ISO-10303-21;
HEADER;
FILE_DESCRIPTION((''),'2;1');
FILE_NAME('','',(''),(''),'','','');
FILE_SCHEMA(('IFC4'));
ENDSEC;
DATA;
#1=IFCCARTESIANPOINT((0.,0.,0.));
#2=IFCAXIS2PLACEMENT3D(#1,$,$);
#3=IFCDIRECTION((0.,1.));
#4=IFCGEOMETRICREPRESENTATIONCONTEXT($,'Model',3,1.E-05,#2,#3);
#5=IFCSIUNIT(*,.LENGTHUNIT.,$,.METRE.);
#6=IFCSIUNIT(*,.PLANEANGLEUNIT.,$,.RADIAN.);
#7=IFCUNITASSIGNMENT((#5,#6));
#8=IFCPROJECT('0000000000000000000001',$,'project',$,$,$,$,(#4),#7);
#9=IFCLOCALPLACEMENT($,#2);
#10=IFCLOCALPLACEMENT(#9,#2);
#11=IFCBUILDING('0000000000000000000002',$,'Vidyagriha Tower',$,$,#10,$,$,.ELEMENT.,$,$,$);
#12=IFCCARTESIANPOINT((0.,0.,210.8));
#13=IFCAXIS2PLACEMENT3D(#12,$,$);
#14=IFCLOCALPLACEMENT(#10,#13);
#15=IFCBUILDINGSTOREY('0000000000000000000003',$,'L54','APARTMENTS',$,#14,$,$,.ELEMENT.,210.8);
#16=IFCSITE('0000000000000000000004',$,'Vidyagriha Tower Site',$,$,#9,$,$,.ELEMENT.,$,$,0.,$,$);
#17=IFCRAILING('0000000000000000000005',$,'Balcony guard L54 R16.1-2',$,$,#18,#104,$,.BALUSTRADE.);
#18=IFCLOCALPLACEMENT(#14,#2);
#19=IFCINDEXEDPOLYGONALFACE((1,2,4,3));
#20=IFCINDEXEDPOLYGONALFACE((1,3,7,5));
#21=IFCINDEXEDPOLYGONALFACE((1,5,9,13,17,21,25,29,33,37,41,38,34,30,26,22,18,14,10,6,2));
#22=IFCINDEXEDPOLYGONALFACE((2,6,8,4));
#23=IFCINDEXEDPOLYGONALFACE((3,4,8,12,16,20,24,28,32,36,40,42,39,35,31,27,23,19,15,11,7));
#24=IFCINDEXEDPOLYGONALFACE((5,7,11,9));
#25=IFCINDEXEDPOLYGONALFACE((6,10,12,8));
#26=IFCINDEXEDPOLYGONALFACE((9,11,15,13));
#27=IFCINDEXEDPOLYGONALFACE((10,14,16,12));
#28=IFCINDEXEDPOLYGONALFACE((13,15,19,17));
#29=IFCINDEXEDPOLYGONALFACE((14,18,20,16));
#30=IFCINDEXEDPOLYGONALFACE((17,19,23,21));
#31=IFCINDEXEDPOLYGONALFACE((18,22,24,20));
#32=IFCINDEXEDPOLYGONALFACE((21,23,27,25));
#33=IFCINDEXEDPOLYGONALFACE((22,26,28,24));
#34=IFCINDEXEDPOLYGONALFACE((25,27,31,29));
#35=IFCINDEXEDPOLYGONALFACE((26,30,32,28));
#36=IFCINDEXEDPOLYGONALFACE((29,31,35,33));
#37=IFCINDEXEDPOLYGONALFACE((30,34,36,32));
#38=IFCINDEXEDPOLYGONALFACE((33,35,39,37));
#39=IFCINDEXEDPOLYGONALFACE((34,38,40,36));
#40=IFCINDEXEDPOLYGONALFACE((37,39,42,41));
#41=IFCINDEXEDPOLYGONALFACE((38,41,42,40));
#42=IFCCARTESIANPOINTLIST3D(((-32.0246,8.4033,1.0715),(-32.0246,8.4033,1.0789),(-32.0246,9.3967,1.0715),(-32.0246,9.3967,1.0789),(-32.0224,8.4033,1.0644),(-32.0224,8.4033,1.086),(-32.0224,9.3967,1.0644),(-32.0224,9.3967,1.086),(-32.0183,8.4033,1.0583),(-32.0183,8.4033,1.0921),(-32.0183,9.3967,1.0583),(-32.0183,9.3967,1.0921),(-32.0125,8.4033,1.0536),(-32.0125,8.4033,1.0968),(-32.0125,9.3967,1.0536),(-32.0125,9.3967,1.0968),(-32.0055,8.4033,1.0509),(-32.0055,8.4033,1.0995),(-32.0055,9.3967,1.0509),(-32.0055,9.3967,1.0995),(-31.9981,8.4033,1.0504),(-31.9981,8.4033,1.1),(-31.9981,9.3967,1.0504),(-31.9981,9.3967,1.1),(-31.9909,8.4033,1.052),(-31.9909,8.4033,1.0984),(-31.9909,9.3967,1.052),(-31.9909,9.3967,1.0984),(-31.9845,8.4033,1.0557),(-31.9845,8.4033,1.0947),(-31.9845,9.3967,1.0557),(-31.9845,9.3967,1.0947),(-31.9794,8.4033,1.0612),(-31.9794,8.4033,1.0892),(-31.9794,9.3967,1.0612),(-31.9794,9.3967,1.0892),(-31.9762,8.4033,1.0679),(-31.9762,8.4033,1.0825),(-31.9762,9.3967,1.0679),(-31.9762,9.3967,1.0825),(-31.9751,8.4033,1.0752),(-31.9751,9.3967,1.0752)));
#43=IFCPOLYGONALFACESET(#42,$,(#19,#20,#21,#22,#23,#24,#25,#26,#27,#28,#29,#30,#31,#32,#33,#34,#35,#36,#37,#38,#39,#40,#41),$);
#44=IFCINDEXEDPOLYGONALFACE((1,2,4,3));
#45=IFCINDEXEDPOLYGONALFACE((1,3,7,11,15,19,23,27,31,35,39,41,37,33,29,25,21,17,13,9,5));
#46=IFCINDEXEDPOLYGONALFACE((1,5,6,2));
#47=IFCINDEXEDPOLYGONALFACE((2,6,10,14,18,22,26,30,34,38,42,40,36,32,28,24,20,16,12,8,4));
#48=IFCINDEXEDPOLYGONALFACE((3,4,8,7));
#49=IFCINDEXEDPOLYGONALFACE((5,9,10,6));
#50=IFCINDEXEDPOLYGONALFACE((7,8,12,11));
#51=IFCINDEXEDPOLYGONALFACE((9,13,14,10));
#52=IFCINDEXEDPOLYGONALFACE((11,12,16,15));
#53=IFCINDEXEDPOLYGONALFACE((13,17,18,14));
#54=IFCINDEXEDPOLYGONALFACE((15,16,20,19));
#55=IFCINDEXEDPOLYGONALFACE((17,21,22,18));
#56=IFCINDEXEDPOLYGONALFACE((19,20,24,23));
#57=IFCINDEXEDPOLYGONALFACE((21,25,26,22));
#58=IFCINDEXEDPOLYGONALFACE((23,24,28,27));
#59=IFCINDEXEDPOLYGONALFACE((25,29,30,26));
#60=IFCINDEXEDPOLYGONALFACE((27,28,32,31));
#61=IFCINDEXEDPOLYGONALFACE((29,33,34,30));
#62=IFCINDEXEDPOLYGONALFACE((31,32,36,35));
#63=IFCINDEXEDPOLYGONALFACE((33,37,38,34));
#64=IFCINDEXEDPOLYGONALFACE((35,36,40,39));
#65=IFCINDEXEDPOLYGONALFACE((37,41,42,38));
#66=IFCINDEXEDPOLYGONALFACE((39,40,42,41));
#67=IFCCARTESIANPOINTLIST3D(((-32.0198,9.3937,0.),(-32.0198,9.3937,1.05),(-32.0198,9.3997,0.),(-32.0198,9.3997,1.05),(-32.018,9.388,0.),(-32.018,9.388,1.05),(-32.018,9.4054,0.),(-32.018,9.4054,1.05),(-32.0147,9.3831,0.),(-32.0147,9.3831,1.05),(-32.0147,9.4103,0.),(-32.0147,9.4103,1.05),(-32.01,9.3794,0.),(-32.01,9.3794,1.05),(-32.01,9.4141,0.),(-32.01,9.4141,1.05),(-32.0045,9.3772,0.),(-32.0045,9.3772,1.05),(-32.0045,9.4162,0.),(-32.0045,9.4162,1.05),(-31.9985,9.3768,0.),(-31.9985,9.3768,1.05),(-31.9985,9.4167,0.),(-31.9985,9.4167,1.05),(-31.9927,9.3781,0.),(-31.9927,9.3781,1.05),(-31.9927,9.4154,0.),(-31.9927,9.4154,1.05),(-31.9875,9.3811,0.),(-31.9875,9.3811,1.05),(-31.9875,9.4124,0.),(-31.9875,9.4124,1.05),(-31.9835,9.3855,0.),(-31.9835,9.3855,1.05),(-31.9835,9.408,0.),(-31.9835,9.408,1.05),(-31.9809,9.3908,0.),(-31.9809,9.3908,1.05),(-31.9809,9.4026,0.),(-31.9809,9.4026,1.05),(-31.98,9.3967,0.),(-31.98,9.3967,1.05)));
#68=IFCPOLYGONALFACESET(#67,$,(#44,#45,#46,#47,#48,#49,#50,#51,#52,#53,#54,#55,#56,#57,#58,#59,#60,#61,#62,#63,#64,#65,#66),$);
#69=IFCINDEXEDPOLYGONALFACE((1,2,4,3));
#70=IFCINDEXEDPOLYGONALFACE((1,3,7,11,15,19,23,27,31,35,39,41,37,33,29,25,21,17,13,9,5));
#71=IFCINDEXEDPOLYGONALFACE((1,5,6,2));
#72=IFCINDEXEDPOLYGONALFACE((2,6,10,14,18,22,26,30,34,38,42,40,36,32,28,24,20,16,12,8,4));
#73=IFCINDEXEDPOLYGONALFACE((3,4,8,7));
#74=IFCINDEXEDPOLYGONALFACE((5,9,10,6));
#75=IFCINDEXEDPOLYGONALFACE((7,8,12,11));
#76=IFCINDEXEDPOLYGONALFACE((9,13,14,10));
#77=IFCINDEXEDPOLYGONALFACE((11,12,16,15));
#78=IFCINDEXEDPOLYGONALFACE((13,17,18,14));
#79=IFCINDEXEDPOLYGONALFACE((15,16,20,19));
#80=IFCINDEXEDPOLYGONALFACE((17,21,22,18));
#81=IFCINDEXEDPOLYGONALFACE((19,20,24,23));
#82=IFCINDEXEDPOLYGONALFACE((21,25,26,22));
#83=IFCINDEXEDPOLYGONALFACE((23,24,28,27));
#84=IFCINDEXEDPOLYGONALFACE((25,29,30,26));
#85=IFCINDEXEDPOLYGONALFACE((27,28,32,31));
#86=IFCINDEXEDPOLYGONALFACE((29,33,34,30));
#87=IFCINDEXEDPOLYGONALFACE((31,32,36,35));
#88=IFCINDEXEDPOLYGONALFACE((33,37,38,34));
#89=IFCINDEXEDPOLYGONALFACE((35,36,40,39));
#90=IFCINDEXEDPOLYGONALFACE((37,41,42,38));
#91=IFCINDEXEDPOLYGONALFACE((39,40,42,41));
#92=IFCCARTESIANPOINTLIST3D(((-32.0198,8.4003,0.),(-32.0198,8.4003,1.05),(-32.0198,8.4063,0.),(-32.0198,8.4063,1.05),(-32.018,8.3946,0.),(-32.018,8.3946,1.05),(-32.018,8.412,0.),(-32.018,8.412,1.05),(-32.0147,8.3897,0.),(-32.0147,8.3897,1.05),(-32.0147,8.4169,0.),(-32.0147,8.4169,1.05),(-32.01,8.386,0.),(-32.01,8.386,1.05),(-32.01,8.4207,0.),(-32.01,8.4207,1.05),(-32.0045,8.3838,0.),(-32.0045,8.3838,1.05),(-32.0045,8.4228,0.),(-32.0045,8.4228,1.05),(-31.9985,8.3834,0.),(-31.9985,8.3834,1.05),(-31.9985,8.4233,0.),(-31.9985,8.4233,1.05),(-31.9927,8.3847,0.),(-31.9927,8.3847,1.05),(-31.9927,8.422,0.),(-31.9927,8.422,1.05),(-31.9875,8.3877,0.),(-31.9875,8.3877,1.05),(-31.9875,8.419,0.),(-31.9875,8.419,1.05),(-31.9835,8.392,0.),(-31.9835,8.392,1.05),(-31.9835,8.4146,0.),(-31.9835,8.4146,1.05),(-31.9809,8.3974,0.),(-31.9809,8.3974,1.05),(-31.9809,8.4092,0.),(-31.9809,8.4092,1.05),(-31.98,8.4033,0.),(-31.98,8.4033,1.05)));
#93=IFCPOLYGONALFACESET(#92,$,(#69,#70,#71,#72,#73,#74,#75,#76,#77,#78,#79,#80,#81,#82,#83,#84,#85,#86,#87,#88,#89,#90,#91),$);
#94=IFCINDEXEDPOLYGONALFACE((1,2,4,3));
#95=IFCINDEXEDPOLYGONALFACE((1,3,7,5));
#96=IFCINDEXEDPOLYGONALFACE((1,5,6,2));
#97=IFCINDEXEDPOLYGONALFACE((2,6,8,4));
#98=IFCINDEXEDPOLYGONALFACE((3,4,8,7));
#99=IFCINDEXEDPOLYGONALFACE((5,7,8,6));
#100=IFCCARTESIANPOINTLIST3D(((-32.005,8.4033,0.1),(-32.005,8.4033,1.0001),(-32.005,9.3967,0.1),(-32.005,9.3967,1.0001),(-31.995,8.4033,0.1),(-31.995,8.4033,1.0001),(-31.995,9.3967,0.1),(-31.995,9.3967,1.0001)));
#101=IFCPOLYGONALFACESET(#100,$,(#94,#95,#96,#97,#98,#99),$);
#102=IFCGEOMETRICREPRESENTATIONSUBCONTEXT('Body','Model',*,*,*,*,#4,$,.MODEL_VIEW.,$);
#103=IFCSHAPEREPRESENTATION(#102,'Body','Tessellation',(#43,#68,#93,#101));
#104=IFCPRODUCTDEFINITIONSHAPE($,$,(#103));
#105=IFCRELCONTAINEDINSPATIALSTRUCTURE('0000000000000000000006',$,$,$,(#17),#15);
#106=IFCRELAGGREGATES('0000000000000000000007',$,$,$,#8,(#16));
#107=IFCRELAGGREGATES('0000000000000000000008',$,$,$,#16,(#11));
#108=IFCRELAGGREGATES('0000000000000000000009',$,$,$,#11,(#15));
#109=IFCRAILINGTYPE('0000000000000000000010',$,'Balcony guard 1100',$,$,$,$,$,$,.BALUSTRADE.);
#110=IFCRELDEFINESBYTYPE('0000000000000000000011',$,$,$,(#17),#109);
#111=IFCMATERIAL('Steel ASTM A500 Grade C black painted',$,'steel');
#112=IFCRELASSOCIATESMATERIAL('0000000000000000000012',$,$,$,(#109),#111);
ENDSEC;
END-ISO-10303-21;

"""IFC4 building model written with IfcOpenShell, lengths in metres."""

from ifc_helpers import new_model, si_unit, direction, frame, origin, origin_2d, place, context, subcontext, project, spatial, rectangle, circle, extrude, material, type_object, element, save


model = new_model("IFC4")

# Units and contexts
model_context = context("Model", 3, precision=1e-05, world=origin(), true_north=direction((0.0, 1.0)))
body_context = subcontext(model_context, "Body", "Model", "MODEL_VIEW")
ifc_project = project(units=[si_unit("LENGTHUNIT", "METRE"), si_unit("PLANEANGLEUNIT", "RADIAN")], contexts=[model_context])

# Site, building, storey
site_placement = place(None, origin())
site = spatial("IfcSite", under=ifc_project, at=site_placement, Name="Vidyagriha Tower Site", CompositionType="ELEMENT", RefElevation=0.0)
building_placement = place(site_placement, origin())
building = spatial("IfcBuilding", under=site, at=building_placement, Name="Vidyagriha Tower", CompositionType="ELEMENT")
storey_placement = place(building_placement, frame((0.0, 0.0, 210.8)))
storey = spatial("IfcBuildingStorey", under=building, at=storey_placement, Name="L54", Description="APARTMENTS", CompositionType="ELEMENT", Elevation=210.8)

# Railing
ifc_material_1 = material(Name="Steel ASTM A500 Grade C black painted", Category="steel")
railing_type = type_object("IfcRailingType", Name="Balcony guard 1100", PredefinedType="BALUSTRADE", material=ifc_material_1)
railing_1_placement = place(storey_placement, frame((-32.0, 9.3967, 0.0)))
element("IfcRailing", 1, at=railing_1_placement, inside=storey, type_object=railing_type, Name="Balcony guard L54 R16.1-2", PredefinedType="BALUSTRADE", context=body_context, shape_type="SweptSolid", body=[
    extrude(circle(Radius=0.0249, at=origin_2d()), frame((0.0, 0.0, 1.0752), z_axis=(0.0, -1.0, 0.0), x_axis=(1.0, 0.0, 0.0)), (0.0, 0.0, 1.0), 0.9934),
    extrude(circle(Radius=0.02, at=origin_2d()), origin(), (0.0, 0.0, 1.0), 1.05),
    extrude(circle(Radius=0.02, at=origin_2d()), frame((0.0, -0.9934, 0.0)), (0.0, 0.0, 1.0), 1.05),
    extrude(rectangle(XDim=0.01, YDim=0.9001, at=origin_2d()), frame((0.0, 0.0, 0.55), z_axis=(0.0, -1.0, 0.0), x_axis=(1.0, 0.0, 0.0)), (0.0, 0.0, 1.0), 0.9934),
])

save(model, "model.ifc")
